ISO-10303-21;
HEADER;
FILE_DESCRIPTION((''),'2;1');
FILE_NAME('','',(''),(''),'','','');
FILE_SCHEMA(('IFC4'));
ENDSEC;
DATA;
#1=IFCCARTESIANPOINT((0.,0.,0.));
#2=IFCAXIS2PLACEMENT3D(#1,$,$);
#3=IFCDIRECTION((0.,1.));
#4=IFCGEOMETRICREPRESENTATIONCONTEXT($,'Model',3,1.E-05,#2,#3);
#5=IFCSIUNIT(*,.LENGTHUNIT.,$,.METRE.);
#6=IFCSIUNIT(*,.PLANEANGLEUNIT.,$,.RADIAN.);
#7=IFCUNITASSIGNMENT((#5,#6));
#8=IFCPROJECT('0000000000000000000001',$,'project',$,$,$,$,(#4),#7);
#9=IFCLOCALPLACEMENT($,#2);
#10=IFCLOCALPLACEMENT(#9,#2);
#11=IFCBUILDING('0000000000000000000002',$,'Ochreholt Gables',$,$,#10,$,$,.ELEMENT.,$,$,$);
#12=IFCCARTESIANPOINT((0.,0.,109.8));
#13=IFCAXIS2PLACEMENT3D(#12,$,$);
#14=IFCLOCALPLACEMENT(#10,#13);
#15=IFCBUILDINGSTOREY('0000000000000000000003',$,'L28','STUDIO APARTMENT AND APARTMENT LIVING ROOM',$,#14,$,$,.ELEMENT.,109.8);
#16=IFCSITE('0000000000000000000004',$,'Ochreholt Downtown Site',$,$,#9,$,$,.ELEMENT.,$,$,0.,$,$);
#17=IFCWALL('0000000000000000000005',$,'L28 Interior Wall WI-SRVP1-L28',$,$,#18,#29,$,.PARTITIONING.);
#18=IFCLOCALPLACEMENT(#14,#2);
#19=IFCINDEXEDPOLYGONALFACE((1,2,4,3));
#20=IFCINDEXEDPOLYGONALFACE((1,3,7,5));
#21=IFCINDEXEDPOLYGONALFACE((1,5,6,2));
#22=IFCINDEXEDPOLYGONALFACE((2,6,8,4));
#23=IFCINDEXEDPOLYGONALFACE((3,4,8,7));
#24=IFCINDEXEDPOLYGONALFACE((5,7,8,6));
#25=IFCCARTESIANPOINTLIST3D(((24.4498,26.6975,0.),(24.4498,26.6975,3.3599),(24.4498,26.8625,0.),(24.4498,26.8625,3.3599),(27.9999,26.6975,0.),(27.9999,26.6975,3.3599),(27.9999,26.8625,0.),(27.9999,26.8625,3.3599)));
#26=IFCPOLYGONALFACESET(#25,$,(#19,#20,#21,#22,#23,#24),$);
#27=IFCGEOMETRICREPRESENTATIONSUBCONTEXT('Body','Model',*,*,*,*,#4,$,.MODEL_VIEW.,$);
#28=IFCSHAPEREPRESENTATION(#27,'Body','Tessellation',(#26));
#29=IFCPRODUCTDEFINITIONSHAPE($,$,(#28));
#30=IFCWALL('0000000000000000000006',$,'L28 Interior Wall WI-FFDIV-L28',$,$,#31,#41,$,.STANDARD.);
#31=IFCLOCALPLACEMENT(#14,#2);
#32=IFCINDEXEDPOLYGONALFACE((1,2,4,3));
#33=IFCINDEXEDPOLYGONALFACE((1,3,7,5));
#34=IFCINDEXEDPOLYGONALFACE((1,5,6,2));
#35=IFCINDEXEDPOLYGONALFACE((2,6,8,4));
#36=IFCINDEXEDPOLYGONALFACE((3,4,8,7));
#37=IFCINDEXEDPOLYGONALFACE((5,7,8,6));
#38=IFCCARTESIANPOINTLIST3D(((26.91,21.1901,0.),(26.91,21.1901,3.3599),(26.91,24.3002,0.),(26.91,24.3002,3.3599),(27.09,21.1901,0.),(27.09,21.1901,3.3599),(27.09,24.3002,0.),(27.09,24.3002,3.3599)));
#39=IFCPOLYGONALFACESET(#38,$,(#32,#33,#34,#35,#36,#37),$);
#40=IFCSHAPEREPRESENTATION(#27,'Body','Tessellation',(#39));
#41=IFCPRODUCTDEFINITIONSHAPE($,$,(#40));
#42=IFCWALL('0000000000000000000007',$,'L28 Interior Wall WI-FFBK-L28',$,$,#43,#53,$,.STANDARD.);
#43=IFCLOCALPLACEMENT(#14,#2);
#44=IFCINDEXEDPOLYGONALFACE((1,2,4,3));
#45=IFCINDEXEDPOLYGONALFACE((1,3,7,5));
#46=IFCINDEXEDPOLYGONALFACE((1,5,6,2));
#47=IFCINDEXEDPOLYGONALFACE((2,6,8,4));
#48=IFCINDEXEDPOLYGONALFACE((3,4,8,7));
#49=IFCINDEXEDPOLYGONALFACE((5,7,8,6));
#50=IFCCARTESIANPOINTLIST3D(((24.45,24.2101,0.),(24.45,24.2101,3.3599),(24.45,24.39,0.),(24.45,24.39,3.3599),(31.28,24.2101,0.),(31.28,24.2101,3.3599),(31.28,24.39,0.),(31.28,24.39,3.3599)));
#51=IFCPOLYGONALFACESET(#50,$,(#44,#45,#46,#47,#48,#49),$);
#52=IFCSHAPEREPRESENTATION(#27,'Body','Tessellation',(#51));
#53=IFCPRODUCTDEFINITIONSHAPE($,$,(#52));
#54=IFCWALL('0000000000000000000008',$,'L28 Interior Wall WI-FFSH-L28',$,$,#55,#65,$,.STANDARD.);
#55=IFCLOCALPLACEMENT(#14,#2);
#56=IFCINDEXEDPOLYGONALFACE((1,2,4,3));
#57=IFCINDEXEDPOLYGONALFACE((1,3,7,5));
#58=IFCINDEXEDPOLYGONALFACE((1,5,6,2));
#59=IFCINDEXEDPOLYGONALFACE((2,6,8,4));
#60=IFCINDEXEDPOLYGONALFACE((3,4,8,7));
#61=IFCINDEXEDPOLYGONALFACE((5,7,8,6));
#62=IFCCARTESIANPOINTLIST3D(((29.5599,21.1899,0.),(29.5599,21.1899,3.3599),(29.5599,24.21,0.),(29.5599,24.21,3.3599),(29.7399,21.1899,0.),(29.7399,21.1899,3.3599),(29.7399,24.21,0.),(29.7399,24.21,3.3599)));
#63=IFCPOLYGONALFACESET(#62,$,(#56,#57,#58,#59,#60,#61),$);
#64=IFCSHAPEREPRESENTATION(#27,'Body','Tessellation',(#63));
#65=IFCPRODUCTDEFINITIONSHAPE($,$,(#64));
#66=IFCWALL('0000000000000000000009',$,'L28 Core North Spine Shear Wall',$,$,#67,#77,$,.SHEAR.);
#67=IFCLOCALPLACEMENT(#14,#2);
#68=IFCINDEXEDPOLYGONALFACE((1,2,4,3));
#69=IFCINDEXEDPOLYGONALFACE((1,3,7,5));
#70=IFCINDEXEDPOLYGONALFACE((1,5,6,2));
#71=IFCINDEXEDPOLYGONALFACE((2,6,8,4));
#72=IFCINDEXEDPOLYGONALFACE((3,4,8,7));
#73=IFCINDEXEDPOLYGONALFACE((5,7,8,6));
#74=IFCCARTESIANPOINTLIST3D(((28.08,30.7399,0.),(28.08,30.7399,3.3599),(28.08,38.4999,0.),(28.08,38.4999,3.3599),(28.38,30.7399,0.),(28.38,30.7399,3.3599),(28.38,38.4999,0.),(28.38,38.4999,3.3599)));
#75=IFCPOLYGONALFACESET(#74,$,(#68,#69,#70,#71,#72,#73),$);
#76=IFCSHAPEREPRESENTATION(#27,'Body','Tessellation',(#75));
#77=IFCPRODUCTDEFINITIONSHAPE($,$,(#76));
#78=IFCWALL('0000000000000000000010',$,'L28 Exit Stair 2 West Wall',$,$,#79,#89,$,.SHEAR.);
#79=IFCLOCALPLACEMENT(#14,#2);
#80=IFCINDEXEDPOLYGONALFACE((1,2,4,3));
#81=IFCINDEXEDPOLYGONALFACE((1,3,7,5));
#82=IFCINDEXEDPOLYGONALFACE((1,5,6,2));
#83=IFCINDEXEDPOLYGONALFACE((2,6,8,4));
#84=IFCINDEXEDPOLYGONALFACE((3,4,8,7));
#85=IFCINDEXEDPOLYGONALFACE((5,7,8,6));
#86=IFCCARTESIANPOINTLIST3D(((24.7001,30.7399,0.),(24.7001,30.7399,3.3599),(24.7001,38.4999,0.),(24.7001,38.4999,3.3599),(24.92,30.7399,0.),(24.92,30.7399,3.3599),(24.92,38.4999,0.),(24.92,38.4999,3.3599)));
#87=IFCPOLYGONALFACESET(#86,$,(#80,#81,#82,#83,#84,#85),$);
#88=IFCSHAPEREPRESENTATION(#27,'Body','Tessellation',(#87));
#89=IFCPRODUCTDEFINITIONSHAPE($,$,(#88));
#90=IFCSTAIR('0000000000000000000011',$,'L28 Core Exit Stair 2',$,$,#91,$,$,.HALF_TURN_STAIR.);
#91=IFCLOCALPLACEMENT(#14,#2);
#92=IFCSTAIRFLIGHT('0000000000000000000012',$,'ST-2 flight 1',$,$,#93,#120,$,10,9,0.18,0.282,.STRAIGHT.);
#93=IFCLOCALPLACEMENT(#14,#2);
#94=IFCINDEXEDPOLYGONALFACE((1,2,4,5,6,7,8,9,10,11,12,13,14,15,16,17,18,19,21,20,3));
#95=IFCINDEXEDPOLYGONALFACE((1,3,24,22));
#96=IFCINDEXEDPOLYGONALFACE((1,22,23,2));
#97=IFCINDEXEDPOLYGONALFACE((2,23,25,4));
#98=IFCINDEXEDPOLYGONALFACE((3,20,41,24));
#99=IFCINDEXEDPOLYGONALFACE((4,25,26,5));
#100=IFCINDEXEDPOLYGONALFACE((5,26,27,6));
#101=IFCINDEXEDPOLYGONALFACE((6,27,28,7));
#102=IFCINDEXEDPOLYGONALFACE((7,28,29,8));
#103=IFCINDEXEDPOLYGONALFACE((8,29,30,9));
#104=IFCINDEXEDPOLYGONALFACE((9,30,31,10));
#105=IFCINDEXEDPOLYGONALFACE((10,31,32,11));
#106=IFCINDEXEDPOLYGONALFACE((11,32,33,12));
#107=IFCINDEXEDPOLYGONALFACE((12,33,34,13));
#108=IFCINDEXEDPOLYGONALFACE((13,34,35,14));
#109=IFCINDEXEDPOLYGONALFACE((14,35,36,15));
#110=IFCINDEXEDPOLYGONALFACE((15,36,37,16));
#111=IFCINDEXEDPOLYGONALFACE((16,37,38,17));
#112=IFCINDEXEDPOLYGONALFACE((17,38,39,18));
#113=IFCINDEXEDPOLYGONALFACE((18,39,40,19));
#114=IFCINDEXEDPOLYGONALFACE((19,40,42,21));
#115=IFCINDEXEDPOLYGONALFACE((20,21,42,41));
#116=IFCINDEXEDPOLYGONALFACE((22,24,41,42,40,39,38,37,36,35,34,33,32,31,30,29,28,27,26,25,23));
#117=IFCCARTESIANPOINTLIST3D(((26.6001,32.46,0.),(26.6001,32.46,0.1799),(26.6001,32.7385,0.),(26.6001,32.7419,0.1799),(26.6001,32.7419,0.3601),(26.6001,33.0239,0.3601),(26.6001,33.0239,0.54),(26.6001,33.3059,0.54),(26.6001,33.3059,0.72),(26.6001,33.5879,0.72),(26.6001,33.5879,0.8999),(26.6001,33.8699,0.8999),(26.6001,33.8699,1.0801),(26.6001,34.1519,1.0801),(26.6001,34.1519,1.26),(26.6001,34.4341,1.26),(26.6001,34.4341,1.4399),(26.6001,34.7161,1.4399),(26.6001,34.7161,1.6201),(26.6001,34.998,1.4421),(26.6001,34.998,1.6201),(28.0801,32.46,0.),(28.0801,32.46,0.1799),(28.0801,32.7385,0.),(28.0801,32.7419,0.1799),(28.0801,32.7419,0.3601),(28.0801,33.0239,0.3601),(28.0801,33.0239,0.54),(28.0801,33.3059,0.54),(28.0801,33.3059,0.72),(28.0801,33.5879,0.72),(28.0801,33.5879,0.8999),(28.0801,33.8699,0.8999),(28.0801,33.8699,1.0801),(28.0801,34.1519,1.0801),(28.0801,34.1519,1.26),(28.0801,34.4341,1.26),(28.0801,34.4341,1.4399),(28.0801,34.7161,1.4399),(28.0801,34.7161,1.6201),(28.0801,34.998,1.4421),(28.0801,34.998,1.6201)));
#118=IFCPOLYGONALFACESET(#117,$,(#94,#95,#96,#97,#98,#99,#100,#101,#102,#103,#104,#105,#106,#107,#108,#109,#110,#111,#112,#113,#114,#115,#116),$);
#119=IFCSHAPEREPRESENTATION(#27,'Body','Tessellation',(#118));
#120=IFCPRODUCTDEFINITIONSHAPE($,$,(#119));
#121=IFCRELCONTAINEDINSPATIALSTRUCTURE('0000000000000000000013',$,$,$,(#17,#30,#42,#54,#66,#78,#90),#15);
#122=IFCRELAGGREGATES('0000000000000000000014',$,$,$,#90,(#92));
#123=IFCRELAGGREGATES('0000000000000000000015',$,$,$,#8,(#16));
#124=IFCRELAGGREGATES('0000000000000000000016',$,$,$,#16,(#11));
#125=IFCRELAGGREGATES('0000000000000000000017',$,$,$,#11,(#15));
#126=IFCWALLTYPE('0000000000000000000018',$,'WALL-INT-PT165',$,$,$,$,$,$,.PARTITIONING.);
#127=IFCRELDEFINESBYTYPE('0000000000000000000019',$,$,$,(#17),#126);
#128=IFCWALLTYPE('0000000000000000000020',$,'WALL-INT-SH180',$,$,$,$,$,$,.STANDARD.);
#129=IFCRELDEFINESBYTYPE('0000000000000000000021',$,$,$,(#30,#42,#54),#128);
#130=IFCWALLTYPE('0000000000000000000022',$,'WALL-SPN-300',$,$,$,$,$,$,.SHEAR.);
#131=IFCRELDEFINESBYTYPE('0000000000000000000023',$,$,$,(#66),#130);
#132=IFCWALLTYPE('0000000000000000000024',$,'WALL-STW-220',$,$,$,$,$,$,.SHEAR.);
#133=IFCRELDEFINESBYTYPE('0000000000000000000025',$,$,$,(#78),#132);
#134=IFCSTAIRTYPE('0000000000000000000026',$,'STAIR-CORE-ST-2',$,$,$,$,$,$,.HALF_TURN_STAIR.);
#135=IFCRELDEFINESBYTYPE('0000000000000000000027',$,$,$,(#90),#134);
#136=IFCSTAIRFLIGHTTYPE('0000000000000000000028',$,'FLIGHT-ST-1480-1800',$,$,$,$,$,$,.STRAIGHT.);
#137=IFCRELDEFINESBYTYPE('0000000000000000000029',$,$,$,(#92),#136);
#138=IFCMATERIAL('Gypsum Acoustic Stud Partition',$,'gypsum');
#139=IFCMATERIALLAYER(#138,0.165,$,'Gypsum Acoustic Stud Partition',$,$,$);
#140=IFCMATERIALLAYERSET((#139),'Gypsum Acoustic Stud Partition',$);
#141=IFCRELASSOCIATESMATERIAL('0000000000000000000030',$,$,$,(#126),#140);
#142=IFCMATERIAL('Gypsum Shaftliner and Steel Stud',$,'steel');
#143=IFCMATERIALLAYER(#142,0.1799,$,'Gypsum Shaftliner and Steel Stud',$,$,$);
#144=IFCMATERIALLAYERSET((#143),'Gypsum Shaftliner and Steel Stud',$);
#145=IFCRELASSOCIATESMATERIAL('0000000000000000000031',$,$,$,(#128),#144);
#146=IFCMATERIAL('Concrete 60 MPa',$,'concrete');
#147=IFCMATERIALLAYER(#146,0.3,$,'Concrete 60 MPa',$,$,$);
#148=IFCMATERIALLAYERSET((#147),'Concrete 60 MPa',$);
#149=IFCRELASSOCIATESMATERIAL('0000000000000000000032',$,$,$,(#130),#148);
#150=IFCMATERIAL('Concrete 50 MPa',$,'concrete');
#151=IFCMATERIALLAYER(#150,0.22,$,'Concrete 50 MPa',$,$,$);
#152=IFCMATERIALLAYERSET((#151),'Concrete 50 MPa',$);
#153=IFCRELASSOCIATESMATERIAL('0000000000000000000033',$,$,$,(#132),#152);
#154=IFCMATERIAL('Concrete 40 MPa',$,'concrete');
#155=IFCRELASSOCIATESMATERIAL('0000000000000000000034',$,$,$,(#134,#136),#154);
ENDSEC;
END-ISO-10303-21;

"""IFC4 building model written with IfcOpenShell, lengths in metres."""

from ifc_helpers import new_model, si_unit, direction, frame, frame_2d, origin, place, context, subcontext, project, spatial, polyline, rectangle, outline, extrude, material, layer, layer_set, type_object, element, aggregate, save


model = new_model("IFC4")

# Units and contexts
model_context = context("Model", 3, precision=1e-05, world=origin(), true_north=direction((0.0, 1.0)))
body_context = subcontext(model_context, "Body", "Model", "MODEL_VIEW")
ifc_project = project(units=[si_unit("LENGTHUNIT", "METRE"), si_unit("PLANEANGLEUNIT", "RADIAN")], contexts=[model_context])

# Site, building, storey
site_placement = place(None, origin())
site = spatial("IfcSite", under=ifc_project, at=site_placement, Name="Ochreholt Downtown Site", CompositionType="ELEMENT", RefElevation=0.0)
building_placement = place(site_placement, origin())
building = spatial("IfcBuilding", under=site, at=building_placement, Name="Ochreholt Gables", CompositionType="ELEMENT")
storey_placement = place(building_placement, frame((0.0, 0.0, 109.8)))
storey = spatial("IfcBuildingStorey", under=building, at=storey_placement, Name="L28", Description="STUDIO APARTMENT AND APARTMENT LIVING ROOM", CompositionType="ELEMENT", Elevation=109.8)

# Shared definitions
ifc_material_1 = material(Name="Concrete 60 MPa", Category="concrete")

# Shared definitions
ifc_material_2 = material(Name="Concrete 40 MPa", Category="concrete")

# Walls
ifc_material_3 = material(Name="Gypsum Acoustic Stud Partition", Category="gypsum")
ifc_layer_1 = layer(ifc_material_3, 0.165, Name="Gypsum Acoustic Stud Partition")
ifc_layer_set_1 = layer_set([ifc_layer_1], Name="Gypsum Acoustic Stud Partition")
wall_type_1 = type_object("IfcWallType", Name="WALL-INT-PT165", PredefinedType="PARTITIONING", material=ifc_layer_set_1)
wall_1_placement = place(storey_placement, frame((24.45, 26.78, 0.0), z_axis=(0.0, 0.0, 1.0), x_axis=(1.0, 0.0, 0.0)))
element("IfcWall", 1, at=wall_1_placement, inside=storey, type_object=wall_type_1, Name="L28 Interior Wall WI-SRVP1-L28", PredefinedType="PARTITIONING", context=body_context, shape_type="SweptSolid", body=[
    extrude(rectangle(XDim=3.55, YDim=0.165, at=frame_2d((1.7749, 0.0))), origin(), (0.0, 0.0, 1.0), 3.3599),
])
ifc_material_4 = material(Name="Gypsum Shaftliner and Steel Stud", Category="steel")
ifc_layer_2 = layer(ifc_material_4, 0.1799, Name="Gypsum Shaftliner and Steel Stud")
ifc_layer_set_2 = layer_set([ifc_layer_2], Name="Gypsum Shaftliner and Steel Stud")
wall_type_2 = type_object("IfcWallType", Name="WALL-INT-SH180", PredefinedType="STANDARD", material=ifc_layer_set_2)
wall_2_placement = place(storey_placement, frame((27.0, 21.1899, 0.0), z_axis=(0.0, 0.0, 1.0), x_axis=(0.0, 1.0, 0.0)))
element("IfcWall", 2, at=wall_2_placement, inside=storey, type_object=wall_type_2, Name="L28 Interior Wall WI-FFDIV-L28", PredefinedType="STANDARD", context=body_context, shape_type="SweptSolid", body=[
    extrude(rectangle(XDim=3.1101, YDim=0.1799, at=frame_2d((1.5552, 0.0))), origin(), (0.0, 0.0, 1.0), 3.3599),
])
wall_3_placement = place(storey_placement, frame((24.45, 24.3, 0.0), z_axis=(0.0, 0.0, 1.0), x_axis=(1.0, 0.0, 0.0)))
element("IfcWall", 3, at=wall_3_placement, inside=storey, type_object=wall_type_2, Name="L28 Interior Wall WI-FFBK-L28", PredefinedType="STANDARD", context=body_context, shape_type="SweptSolid", body=[
    extrude(rectangle(XDim=6.8301, YDim=0.1799, at=frame_2d((3.415, 0.0))), origin(), (0.0, 0.0, 1.0), 3.3599),
])
wall_4_placement = place(storey_placement, frame((29.6499, 21.1899, 0.0), z_axis=(0.0, 0.0, 1.0), x_axis=(0.0, 1.0, 0.0)))
element("IfcWall", 4, at=wall_4_placement, inside=storey, type_object=wall_type_2, Name="L28 Interior Wall WI-FFSH-L28", PredefinedType="STANDARD", context=body_context, shape_type="SweptSolid", body=[
    extrude(rectangle(XDim=3.02, YDim=0.1799, at=frame_2d((1.51, 0.0))), origin(), (0.0, 0.0, 1.0), 3.3599),
])
ifc_layer_3 = layer(ifc_material_1, 0.3, Name="Concrete 60 MPa")
ifc_layer_set_3 = layer_set([ifc_layer_3], Name="Concrete 60 MPa")
wall_type_3 = type_object("IfcWallType", Name="WALL-SPN-300", PredefinedType="SHEAR", material=ifc_layer_set_3)
wall_5_placement = place(storey_placement, frame((28.23, 30.74, 0.0), z_axis=(0.0, 0.0, 1.0), x_axis=(0.0, 1.0, 0.0)))
element("IfcWall", 5, at=wall_5_placement, inside=storey, type_object=wall_type_3, Name="L28 Core North Spine Shear Wall", PredefinedType="SHEAR", context=body_context, shape_type="SweptSolid", body=[
    extrude(rectangle(XDim=7.76, YDim=0.3, at=frame_2d((3.8799, 0.0))), origin(), (0.0, 0.0, 1.0), 3.3599),
])
ifc_material_5 = material(Name="Concrete 50 MPa", Category="concrete")
ifc_layer_4 = layer(ifc_material_5, 0.22, Name="Concrete 50 MPa")
ifc_layer_set_4 = layer_set([ifc_layer_4], Name="Concrete 50 MPa")
wall_type_4 = type_object("IfcWallType", Name="WALL-STW-220", PredefinedType="SHEAR", material=ifc_layer_set_4)
wall_6_placement = place(storey_placement, frame((24.8101, 30.74, 0.0), z_axis=(0.0, 0.0, 1.0), x_axis=(0.0, 1.0, 0.0)))
element("IfcWall", 6, at=wall_6_placement, inside=storey, type_object=wall_type_4, Name="L28 Exit Stair 2 West Wall", PredefinedType="SHEAR", context=body_context, shape_type="SweptSolid", body=[
    extrude(rectangle(XDim=7.76, YDim=0.22, at=frame_2d((3.8799, 0.0))), origin(), (0.0, 0.0, 1.0), 3.3599),
])

# Stair, stair flight
stair_type = type_object("IfcStairType", Name="STAIR-CORE-ST-2", PredefinedType="HALF_TURN_STAIR", material=ifc_material_2)
stair_placement = place(storey_placement, origin())
stair = element("IfcStair", 7, at=stair_placement, inside=storey, type_object=stair_type, Name="L28 Core Exit Stair 2", PredefinedType="HALF_TURN_STAIR")
stair_flight_type = type_object("IfcStairFlightType", Name="FLIGHT-ST-1480-1800", PredefinedType="STRAIGHT", material=ifc_material_2)
stair_flight_placement = place(storey_placement, frame((27.3401, 32.46, 0.0), z_axis=(0.0, 0.0, 1.0), x_axis=(0.0, 1.0, 0.0)))
stair_flight = element("IfcStairFlight", 8, at=stair_flight_placement, type_object=stair_flight_type, Name="ST-2 flight 1", NumberOfRisers=10, NumberOfTreads=9, PredefinedType="STRAIGHT", RiserHeight=0.18, TreadLength=0.282, context=body_context, shape_type="SweptSolid", body=[
    extrude(outline(polyline([(0.0, 0.0), (0.0, 0.1799), (0.282, 0.1799), (0.282, 0.3601), (0.564, 0.3601), (0.564, 0.54), (0.8459, 0.54), (0.8459, 0.72), (1.1279, 0.72), (1.1279, 0.8999), (1.4099, 0.8999), (1.4099, 1.0801), (1.6919, 1.0801), (1.6919, 1.26), (1.9741, 1.26), (1.9741, 1.4399), (2.2561, 1.4399), (2.2561, 1.6201), (2.5381, 1.6201), (2.5381, 1.8), (2.5381, 1.4421), (0.2786, 0.0), (0.0, 0.0)])), frame((0.0, 0.74, 0.0), z_axis=(0.0, -1.0, 0.0), x_axis=(1.0, 0.0, 0.0)), (0.0, 0.0, 1.0), 1.48),
])
aggregate(stair, [stair_flight])

save(model, "model.ifc")
